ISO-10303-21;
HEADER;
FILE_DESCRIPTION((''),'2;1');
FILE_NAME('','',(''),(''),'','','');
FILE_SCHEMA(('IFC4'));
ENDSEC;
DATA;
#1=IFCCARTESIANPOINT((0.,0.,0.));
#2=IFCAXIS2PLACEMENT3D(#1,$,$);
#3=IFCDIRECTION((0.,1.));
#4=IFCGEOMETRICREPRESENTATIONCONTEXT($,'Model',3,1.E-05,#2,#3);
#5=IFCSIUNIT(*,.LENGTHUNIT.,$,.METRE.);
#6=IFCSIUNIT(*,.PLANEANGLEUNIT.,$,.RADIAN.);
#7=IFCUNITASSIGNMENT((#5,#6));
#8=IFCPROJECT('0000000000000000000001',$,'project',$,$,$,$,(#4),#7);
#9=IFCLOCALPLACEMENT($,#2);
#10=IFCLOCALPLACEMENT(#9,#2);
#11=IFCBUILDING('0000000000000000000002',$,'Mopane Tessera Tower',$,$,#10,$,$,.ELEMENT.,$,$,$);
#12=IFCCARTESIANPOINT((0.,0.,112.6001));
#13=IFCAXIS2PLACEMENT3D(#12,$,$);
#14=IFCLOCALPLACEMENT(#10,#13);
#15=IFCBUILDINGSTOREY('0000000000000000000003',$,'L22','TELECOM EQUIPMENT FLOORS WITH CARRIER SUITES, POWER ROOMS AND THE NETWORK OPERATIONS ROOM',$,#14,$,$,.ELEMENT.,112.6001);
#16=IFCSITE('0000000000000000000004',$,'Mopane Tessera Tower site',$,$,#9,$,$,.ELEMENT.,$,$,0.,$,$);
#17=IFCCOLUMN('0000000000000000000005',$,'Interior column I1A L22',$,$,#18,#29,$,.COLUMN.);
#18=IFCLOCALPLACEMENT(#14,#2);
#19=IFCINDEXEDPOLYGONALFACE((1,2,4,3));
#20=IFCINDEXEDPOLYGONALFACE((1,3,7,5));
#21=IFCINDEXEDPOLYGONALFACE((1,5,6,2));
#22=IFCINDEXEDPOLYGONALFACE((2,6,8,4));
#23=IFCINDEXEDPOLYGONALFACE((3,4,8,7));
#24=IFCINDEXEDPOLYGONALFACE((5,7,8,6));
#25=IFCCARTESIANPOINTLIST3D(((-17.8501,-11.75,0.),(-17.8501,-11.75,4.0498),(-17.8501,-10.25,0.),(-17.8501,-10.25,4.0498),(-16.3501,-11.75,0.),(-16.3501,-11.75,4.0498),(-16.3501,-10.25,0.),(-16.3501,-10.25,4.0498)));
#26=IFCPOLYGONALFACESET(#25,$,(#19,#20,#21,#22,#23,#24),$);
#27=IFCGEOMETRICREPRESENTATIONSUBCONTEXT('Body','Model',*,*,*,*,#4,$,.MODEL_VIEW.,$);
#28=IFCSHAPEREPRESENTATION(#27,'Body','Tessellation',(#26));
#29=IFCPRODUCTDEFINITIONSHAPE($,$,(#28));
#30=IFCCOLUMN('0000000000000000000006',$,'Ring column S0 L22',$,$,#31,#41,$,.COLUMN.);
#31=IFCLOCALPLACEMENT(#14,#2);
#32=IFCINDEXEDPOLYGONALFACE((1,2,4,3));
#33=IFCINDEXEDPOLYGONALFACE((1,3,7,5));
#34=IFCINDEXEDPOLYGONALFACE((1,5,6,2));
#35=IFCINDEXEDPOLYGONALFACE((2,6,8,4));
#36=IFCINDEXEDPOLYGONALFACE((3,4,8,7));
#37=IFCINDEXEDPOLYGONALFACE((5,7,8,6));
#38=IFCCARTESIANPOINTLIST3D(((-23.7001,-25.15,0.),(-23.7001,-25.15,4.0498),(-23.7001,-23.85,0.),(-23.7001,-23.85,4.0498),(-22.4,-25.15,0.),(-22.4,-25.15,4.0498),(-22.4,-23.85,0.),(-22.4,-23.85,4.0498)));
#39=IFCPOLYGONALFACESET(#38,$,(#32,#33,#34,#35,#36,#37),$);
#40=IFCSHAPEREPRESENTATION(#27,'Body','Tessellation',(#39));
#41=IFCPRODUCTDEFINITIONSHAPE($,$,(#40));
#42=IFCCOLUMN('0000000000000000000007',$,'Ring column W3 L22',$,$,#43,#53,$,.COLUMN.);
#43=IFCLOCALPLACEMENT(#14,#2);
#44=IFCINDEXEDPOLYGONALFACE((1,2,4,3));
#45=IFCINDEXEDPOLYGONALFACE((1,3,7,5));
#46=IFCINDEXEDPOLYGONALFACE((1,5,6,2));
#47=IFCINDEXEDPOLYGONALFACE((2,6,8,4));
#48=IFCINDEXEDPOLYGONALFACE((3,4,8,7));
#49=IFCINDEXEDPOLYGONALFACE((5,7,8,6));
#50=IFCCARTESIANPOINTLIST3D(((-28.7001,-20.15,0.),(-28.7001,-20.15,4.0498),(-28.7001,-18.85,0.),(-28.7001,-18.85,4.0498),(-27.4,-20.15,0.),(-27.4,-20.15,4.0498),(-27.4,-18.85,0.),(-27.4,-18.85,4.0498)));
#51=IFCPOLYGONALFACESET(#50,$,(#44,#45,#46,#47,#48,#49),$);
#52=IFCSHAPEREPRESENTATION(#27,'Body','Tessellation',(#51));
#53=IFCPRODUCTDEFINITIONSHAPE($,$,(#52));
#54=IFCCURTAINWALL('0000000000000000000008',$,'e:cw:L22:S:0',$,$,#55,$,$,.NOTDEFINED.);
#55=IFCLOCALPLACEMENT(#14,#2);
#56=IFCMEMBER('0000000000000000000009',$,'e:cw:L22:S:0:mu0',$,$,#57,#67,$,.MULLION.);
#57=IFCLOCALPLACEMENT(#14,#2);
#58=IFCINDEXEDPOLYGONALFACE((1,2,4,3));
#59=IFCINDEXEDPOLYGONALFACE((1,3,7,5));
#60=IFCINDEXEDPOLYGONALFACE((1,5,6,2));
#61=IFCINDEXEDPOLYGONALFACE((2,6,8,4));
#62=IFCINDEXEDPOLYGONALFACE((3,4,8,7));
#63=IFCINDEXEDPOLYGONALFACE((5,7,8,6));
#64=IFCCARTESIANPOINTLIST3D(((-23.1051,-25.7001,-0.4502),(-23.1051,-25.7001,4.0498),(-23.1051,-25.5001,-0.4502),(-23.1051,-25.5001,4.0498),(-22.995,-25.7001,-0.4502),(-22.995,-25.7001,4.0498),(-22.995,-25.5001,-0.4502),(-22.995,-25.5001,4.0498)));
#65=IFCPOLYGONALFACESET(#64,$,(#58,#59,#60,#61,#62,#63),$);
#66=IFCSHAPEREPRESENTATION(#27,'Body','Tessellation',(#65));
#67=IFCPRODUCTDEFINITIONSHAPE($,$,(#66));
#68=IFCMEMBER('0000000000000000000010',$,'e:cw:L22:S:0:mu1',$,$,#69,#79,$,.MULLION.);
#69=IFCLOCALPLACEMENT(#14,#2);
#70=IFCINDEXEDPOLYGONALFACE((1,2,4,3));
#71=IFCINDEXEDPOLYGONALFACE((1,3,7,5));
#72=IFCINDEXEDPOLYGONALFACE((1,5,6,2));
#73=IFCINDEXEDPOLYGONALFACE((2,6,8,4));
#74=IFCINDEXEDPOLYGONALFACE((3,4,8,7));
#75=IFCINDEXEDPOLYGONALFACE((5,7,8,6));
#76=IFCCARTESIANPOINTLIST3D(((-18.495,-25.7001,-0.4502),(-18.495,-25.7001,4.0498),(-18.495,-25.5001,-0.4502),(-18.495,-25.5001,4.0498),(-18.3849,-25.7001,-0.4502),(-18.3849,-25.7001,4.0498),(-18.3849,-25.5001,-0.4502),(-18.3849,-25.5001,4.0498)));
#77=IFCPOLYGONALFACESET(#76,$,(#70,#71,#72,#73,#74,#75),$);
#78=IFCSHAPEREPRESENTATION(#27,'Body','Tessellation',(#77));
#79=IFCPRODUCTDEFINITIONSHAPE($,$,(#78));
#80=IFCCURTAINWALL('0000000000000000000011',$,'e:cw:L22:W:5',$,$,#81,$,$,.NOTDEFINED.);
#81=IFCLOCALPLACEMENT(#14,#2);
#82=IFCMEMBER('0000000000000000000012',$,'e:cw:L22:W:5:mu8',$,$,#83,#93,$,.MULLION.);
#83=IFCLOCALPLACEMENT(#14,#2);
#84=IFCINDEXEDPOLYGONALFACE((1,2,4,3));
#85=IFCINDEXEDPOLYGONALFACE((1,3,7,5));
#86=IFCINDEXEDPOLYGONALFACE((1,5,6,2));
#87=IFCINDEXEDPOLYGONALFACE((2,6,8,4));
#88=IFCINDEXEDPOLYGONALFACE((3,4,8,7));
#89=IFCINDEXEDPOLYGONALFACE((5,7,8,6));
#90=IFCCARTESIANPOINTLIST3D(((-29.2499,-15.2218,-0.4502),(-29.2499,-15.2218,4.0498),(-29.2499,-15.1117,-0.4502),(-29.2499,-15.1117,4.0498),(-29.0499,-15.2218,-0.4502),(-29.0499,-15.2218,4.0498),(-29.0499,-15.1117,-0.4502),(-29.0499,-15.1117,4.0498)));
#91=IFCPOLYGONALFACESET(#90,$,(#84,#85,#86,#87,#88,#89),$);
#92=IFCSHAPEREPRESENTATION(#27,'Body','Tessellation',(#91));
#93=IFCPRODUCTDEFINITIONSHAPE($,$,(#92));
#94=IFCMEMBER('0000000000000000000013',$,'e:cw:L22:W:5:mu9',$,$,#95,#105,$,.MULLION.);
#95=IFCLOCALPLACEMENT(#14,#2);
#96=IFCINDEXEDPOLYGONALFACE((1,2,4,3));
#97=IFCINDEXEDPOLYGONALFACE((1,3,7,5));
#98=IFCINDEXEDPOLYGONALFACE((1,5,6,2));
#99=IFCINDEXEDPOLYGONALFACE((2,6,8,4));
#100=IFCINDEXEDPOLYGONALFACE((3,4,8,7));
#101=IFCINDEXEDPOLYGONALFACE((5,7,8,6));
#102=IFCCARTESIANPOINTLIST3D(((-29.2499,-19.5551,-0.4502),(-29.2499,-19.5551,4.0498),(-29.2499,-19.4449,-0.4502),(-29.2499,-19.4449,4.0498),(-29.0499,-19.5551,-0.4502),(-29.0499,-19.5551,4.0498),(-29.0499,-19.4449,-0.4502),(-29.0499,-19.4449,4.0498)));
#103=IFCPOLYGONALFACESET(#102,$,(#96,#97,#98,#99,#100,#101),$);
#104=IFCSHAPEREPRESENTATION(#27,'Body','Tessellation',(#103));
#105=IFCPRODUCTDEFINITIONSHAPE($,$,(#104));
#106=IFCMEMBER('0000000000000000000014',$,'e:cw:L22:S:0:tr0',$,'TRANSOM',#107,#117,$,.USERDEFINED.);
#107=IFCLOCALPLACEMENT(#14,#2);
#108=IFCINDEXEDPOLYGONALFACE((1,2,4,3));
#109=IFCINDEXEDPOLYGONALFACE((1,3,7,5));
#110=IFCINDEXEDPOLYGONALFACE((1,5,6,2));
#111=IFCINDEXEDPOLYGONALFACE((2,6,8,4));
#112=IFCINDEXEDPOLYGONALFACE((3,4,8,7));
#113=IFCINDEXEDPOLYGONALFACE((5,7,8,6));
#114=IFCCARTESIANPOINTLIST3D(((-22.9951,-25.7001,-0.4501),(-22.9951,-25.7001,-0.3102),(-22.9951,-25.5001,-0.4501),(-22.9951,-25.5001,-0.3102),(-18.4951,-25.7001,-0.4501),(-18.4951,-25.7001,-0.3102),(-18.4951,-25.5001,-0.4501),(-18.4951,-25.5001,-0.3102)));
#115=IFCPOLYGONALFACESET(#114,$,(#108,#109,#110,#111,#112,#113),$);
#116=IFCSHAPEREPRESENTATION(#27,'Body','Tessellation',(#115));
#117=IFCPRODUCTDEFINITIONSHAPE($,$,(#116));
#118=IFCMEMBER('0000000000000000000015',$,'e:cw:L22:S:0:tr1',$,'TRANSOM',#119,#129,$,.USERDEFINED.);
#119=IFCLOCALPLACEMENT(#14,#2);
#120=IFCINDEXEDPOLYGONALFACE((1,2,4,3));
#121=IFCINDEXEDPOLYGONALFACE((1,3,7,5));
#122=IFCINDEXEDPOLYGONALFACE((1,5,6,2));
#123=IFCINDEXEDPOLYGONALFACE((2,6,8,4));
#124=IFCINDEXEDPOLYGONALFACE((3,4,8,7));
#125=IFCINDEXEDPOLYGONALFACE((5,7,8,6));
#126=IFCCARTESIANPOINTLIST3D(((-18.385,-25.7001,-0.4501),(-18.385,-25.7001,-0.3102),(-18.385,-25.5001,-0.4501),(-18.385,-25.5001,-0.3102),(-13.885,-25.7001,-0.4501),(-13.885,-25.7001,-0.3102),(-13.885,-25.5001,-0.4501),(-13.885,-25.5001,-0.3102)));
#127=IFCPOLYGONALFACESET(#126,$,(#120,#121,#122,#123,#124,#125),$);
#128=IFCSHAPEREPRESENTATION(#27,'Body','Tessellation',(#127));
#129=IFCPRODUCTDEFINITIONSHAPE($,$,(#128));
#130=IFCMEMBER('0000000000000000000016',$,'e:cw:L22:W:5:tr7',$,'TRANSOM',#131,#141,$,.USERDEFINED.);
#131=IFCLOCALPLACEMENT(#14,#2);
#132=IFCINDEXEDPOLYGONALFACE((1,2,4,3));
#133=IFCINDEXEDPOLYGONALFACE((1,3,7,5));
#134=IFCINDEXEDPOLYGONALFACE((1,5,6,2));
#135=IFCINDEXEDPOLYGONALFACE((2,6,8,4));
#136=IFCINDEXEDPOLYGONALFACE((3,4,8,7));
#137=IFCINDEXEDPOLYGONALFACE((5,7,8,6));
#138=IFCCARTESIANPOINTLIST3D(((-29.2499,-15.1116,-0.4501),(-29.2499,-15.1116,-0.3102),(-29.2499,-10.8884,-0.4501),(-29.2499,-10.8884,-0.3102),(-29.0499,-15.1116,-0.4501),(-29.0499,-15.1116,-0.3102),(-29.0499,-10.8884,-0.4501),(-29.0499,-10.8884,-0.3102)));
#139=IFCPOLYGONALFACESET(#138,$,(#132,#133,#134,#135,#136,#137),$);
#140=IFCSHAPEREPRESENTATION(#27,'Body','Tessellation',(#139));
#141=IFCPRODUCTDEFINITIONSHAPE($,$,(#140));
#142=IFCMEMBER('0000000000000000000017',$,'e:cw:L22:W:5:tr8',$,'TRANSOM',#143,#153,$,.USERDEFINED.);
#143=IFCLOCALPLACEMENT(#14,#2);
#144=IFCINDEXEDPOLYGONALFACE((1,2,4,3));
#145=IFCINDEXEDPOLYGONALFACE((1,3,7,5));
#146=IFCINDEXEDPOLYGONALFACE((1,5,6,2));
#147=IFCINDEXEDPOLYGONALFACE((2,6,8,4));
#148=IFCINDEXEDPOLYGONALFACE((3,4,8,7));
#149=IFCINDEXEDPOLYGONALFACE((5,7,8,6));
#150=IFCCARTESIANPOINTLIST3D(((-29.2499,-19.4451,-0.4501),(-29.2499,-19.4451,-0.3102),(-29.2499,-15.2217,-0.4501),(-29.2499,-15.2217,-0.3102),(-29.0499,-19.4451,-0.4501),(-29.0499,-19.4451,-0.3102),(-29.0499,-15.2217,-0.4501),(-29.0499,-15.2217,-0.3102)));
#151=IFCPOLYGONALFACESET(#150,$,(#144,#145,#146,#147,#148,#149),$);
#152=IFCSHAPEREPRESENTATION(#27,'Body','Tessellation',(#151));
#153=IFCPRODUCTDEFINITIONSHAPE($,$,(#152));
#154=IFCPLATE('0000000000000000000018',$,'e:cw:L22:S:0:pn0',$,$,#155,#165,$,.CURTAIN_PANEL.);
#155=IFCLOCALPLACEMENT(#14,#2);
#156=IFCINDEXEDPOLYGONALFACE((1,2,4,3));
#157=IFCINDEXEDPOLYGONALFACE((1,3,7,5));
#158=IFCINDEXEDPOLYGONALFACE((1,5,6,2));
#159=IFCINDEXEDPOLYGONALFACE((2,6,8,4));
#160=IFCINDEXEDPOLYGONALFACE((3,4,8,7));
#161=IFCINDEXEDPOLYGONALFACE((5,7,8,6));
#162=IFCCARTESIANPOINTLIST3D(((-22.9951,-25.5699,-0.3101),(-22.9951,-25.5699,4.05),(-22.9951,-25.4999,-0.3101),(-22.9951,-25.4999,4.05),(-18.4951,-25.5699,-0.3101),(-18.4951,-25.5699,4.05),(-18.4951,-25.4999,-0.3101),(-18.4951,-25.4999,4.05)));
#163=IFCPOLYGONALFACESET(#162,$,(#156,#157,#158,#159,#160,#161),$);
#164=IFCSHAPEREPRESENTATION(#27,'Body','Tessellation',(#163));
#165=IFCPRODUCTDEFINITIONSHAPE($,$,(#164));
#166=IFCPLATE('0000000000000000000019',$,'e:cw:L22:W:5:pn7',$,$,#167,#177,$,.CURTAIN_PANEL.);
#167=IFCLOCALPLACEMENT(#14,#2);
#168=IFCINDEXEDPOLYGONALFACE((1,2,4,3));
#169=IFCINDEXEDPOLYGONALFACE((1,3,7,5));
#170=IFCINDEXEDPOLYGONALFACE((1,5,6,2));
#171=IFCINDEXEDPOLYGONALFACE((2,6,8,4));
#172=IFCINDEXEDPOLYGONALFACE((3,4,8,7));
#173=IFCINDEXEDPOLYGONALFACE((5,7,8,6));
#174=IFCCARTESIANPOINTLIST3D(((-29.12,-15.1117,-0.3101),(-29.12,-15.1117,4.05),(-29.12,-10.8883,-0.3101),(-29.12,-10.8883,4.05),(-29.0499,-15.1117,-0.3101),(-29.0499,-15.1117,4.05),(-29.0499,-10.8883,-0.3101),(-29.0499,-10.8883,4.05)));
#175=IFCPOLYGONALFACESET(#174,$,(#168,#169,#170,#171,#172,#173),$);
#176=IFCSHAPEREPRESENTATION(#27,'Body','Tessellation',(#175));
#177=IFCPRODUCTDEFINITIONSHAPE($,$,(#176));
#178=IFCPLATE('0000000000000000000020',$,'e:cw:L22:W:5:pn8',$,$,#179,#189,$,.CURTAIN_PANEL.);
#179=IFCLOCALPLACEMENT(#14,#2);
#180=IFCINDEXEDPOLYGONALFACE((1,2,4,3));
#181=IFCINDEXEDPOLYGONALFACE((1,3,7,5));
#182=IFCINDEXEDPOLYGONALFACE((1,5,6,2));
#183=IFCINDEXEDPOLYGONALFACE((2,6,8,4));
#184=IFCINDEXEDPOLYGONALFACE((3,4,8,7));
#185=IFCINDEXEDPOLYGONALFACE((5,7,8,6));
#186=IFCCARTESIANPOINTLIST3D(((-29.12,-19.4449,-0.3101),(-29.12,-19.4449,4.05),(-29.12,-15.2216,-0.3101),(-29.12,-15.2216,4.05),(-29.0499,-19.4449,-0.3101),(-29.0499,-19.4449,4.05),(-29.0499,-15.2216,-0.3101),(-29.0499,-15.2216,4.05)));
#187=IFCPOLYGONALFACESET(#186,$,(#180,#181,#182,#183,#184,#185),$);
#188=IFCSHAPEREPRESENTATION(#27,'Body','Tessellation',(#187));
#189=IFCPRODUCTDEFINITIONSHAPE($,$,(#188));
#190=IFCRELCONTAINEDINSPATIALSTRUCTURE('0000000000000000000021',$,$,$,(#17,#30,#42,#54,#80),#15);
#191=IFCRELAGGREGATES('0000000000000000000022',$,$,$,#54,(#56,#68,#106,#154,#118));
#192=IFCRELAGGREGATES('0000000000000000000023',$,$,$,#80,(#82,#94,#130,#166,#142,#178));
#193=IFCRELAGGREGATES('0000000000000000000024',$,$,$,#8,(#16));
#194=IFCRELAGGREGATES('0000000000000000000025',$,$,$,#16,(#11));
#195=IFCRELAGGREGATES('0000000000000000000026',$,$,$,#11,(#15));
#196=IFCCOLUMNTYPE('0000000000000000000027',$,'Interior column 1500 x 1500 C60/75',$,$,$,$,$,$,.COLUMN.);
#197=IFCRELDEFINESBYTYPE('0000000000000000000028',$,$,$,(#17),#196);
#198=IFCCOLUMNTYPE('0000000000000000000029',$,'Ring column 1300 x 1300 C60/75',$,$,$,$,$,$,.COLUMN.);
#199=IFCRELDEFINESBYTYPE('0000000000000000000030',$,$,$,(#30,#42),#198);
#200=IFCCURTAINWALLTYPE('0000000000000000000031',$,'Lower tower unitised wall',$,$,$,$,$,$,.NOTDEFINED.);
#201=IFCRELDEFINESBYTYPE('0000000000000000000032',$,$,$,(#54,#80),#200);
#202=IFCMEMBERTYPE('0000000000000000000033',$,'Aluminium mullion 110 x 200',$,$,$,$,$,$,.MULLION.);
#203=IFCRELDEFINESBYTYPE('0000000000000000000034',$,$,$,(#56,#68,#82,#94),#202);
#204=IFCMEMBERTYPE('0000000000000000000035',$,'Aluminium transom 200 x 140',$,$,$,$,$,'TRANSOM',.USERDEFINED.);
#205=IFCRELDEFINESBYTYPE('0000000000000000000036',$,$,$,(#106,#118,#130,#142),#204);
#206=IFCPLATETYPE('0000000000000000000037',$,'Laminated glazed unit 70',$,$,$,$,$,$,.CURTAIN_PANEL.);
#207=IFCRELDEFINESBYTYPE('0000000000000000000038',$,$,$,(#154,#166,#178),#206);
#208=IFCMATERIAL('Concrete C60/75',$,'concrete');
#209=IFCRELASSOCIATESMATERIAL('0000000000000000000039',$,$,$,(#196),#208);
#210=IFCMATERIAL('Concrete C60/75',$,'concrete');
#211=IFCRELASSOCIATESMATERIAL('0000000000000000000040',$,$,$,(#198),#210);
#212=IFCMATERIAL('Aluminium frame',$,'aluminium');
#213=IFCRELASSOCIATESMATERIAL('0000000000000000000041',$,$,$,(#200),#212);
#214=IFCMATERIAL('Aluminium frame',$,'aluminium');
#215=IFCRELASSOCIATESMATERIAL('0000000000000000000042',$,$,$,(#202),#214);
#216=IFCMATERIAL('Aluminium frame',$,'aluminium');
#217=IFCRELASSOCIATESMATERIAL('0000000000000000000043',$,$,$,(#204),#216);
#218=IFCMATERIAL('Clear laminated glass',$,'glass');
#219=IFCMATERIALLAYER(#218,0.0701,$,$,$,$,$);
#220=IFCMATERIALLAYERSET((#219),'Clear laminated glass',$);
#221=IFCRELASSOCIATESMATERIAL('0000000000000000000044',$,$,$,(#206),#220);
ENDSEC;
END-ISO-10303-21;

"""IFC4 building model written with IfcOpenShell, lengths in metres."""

from ifc_helpers import new_model, si_unit, direction, frame, origin, origin_2d, place, context, subcontext, project, spatial, rectangle, extrude, material, layer, layer_set, material_profile, profile_set, type_object, element, aggregate, save


model = new_model("IFC4")

# Units and contexts
model_context = context("Model", 3, precision=1e-05, world=origin(), true_north=direction((0.0, 1.0)))
body_context = subcontext(model_context, "Body", "Model", "MODEL_VIEW")
ifc_project = project(units=[si_unit("LENGTHUNIT", "METRE"), si_unit("PLANEANGLEUNIT", "RADIAN")], contexts=[model_context])

# Site, building, storey
site_placement = place(None, origin())
site = spatial("IfcSite", under=ifc_project, at=site_placement, Name="Mopane Tessera Tower site", CompositionType="ELEMENT", RefElevation=0.0)
building_placement = place(site_placement, origin())
building = spatial("IfcBuilding", under=site, at=building_placement, Name="Mopane Tessera Tower", CompositionType="ELEMENT")
storey_placement = place(building_placement, frame((0.0, 0.0, 112.6001)))
storey = spatial("IfcBuildingStorey", under=building, at=storey_placement, Name="L22", Description="TELECOM EQUIPMENT FLOORS WITH CARRIER SUITES, POWER ROOMS AND THE NETWORK OPERATIONS ROOM", CompositionType="ELEMENT", Elevation=112.6001)

# Columns
ifc_material_1 = material(Name="Concrete C60/75", Category="concrete")
ifc_material_profile_1 = material_profile(ifc_material_1, rectangle(XDim=1.5, YDim=1.5, at=origin_2d()))
ifc_profile_set_1 = profile_set([ifc_material_profile_1], Name="Concrete C60/75")
column_type_1 = type_object("IfcColumnType", Name="Interior column 1500 x 1500 C60/75", PredefinedType="COLUMN", material=ifc_profile_set_1)
column_placement = place(storey_placement, frame((-17.1001, -11.0, 0.0), z_axis=(0.0, 0.0, 1.0), x_axis=(1.0, 0.0, 0.0)))
element("IfcColumn", 1, at=column_placement, inside=storey, type_object=column_type_1, Name="Interior column I1A L22", PredefinedType="COLUMN", context=body_context, shape_type="SweptSolid", body=[
    extrude(rectangle(XDim=1.5, YDim=1.5, at=origin_2d()), origin(), (0.0, 0.0, 1.0), 4.0498),
])
ifc_material_2 = material(Name="Concrete C60/75", Category="concrete")
ifc_material_profile_2 = material_profile(ifc_material_2, rectangle(XDim=1.3, YDim=1.3, at=origin_2d()))
ifc_profile_set_2 = profile_set([ifc_material_profile_2], Name="Concrete C60/75")
column_type_2 = type_object("IfcColumnType", Name="Ring column 1300 x 1300 C60/75", PredefinedType="COLUMN", material=ifc_profile_set_2)
for number, where, z_axis, x_axis, name in (
    (2, (-23.05, -24.5, 0.0), (0.0, 0.0, 1.0), (1.0, 0.0, 0.0), "Ring column S0 L22"),
    (3, (-28.05, -19.5, 0.0), (0.0, 0.0, 1.0), (1.0, 0.0, 0.0), "Ring column W3 L22"),
):
    element("IfcColumn", number, at=place(storey_placement, frame(where, z_axis=z_axis, x_axis=x_axis)), inside=storey, type_object=column_type_2, Name=name, PredefinedType="COLUMN", context=body_context, shape_type="SweptSolid", body=[
        extrude(rectangle(XDim=1.3, YDim=1.3, at=origin_2d()), origin(), (0.0, 0.0, 1.0), 4.0498),
    ])

# Curtain walls, members
ifc_material_3 = material(Name="Aluminium frame", Category="aluminium")
curtain_wall_type = type_object("IfcCurtainWallType", Name="Lower tower unitised wall", PredefinedType="NOTDEFINED", material=ifc_material_3)
curtain_wall_1_placement = place(storey_placement, origin())
curtain_wall_1 = element("IfcCurtainWall", 4, at=curtain_wall_1_placement, inside=storey, type_object=curtain_wall_type, Name="e:cw:L22:S:0", PredefinedType="NOTDEFINED")
ifc_material_4 = material(Name="Aluminium frame", Category="aluminium")
ifc_material_profile_3 = material_profile(ifc_material_4, rectangle(XDim=0.1101, YDim=0.2, at=origin_2d()))
ifc_profile_set_3 = profile_set([ifc_material_profile_3], Name="Aluminium frame")
member_type_1 = type_object("IfcMemberType", Name="Aluminium mullion 110 x 200", PredefinedType="MULLION", material=ifc_profile_set_3)
member_1_placement = place(storey_placement, frame((-23.05, -25.6001, -0.4502), z_axis=(0.0, 0.0, 1.0), x_axis=(1.0, 0.0, 0.0)))
member_1 = element("IfcMember", 5, at=member_1_placement, type_object=member_type_1, Name="e:cw:L22:S:0:mu0", PredefinedType="MULLION", context=body_context, shape_type="SweptSolid", body=[
    extrude(rectangle(XDim=0.1101, YDim=0.2, at=origin_2d()), origin(), (0.0, 0.0, 1.0), 4.5),
])
member_2_placement = place(storey_placement, frame((-18.4399, -25.6001, -0.4502), z_axis=(0.0, 0.0, 1.0), x_axis=(1.0, 0.0, 0.0)))
member_2 = element("IfcMember", 6, at=member_2_placement, type_object=member_type_1, Name="e:cw:L22:S:0:mu1", PredefinedType="MULLION", context=body_context, shape_type="SweptSolid", body=[
    extrude(rectangle(XDim=0.1101, YDim=0.2, at=origin_2d()), origin(), (0.0, 0.0, 1.0), 4.5),
])
curtain_wall_2_placement = place(storey_placement, origin())
curtain_wall_2 = element("IfcCurtainWall", 7, at=curtain_wall_2_placement, inside=storey, type_object=curtain_wall_type, Name="e:cw:L22:W:5", PredefinedType="NOTDEFINED")
member_3_placement = place(storey_placement, frame((-29.1499, -15.1667, -0.4502), z_axis=(0.0, 0.0, 1.0), x_axis=(0.0, -1.0, 0.0)))
member_3 = element("IfcMember", 8, at=member_3_placement, type_object=member_type_1, Name="e:cw:L22:W:5:mu8", PredefinedType="MULLION", context=body_context, shape_type="SweptSolid", body=[
    extrude(rectangle(XDim=0.1101, YDim=0.2, at=origin_2d()), origin(), (0.0, 0.0, 1.0), 4.5),
])
member_4_placement = place(storey_placement, frame((-29.1499, -19.5, -0.4502), z_axis=(0.0, 0.0, 1.0), x_axis=(0.0, -1.0, 0.0)))
member_4 = element("IfcMember", 9, at=member_4_placement, type_object=member_type_1, Name="e:cw:L22:W:5:mu9", PredefinedType="MULLION", context=body_context, shape_type="SweptSolid", body=[
    extrude(rectangle(XDim=0.1101, YDim=0.2, at=origin_2d()), origin(), (0.0, 0.0, 1.0), 4.5),
])

# Members
ifc_material_5 = material(Name="Aluminium frame", Category="aluminium")
ifc_material_profile_4 = material_profile(ifc_material_5, rectangle(XDim=0.2, YDim=0.1399, at=origin_2d()))
ifc_profile_set_4 = profile_set([ifc_material_profile_4], Name="Aluminium frame")
member_type_2 = type_object("IfcMemberType", Name="Aluminium transom 200 x 140", ElementType="TRANSOM", PredefinedType="USERDEFINED", material=ifc_profile_set_4)
member_5_placement = place(storey_placement, frame((-22.9951, -25.6001, -0.3801), z_axis=(1.0, 0.0, 0.0), x_axis=(0.0, 1.0, 0.0)))
member_5 = element("IfcMember", 10, at=member_5_placement, type_object=member_type_2, Name="e:cw:L22:S:0:tr0", ObjectType="TRANSOM", PredefinedType="USERDEFINED", context=body_context, shape_type="SweptSolid", body=[
    extrude(rectangle(XDim=0.2, YDim=0.1399, at=origin_2d()), origin(), (0.0, 0.0, 1.0), 4.5),
])
member_6_placement = place(storey_placement, frame((-18.385, -25.6001, -0.3801), z_axis=(1.0, 0.0, 0.0), x_axis=(0.0, 1.0, 0.0)))
member_6 = element("IfcMember", 11, at=member_6_placement, type_object=member_type_2, Name="e:cw:L22:S:0:tr1", ObjectType="TRANSOM", PredefinedType="USERDEFINED", context=body_context, shape_type="SweptSolid", body=[
    extrude(rectangle(XDim=0.2, YDim=0.1399, at=origin_2d()), origin(), (0.0, 0.0, 1.0), 4.5),
])
member_7_placement = place(storey_placement, frame((-29.1499, -10.8884, -0.3801), z_axis=(0.0, -1.0, 0.0), x_axis=(1.0, 0.0, 0.0)))
member_7 = element("IfcMember", 12, at=member_7_placement, type_object=member_type_2, Name="e:cw:L22:W:5:tr7", ObjectType="TRANSOM", PredefinedType="USERDEFINED", context=body_context, shape_type="SweptSolid", body=[
    extrude(rectangle(XDim=0.2, YDim=0.1399, at=origin_2d()), origin(), (0.0, 0.0, 1.0), 4.2231),
])
member_8_placement = place(storey_placement, frame((-29.1499, -15.2217, -0.3801), z_axis=(0.0, -1.0, 0.0), x_axis=(1.0, 0.0, 0.0)))
member_8 = element("IfcMember", 13, at=member_8_placement, type_object=member_type_2, Name="e:cw:L22:W:5:tr8", ObjectType="TRANSOM", PredefinedType="USERDEFINED", context=body_context, shape_type="SweptSolid", body=[
    extrude(rectangle(XDim=0.2, YDim=0.1399, at=origin_2d()), origin(), (0.0, 0.0, 1.0), 4.2234),
])

# Plates
ifc_material_6 = material(Name="Clear laminated glass", Category="glass")
ifc_layer_1 = layer(ifc_material_6, 0.0701)
ifc_layer_set_1 = layer_set([ifc_layer_1], Name="Clear laminated glass")
plate_type = type_object("IfcPlateType", Name="Laminated glazed unit 70", PredefinedType="CURTAIN_PANEL", material=ifc_layer_set_1)
plate_1_placement = place(storey_placement, frame((-20.7451, -25.5349, -0.3101), z_axis=(0.0, 0.0, 1.0), x_axis=(1.0, 0.0, 0.0)))
plate_1 = element("IfcPlate", 14, at=plate_1_placement, type_object=plate_type, Name="e:cw:L22:S:0:pn0", PredefinedType="CURTAIN_PANEL", context=body_context, shape_type="SweptSolid", body=[
    extrude(rectangle(XDim=4.5, YDim=0.0701, at=origin_2d()), origin(), (0.0, 0.0, 1.0), 4.3601),
])
aggregate(curtain_wall_1, [member_1, member_2, member_5, plate_1, member_6])
plate_2_placement = place(storey_placement, frame((-29.085, -13.0, -0.3101), z_axis=(0.0, 0.0, 1.0), x_axis=(0.0, -1.0, 0.0)))
plate_2 = element("IfcPlate", 15, at=plate_2_placement, type_object=plate_type, Name="e:cw:L22:W:5:pn7", PredefinedType="CURTAIN_PANEL", context=body_context, shape_type="SweptSolid", body=[
    extrude(rectangle(XDim=4.2234, YDim=0.0701, at=origin_2d()), origin(), (0.0, 0.0, 1.0), 4.3601),
])
plate_3_placement = place(storey_placement, frame((-29.085, -17.3333, -0.3101), z_axis=(0.0, 0.0, 1.0), x_axis=(0.0, -1.0, 0.0)))
plate_3 = element("IfcPlate", 16, at=plate_3_placement, type_object=plate_type, Name="e:cw:L22:W:5:pn8", PredefinedType="CURTAIN_PANEL", context=body_context, shape_type="SweptSolid", body=[
    extrude(rectangle(XDim=4.2234, YDim=0.0701, at=origin_2d()), origin(), (0.0, 0.0, 1.0), 4.3601),
])
aggregate(curtain_wall_2, [member_3, member_4, member_7, plate_2, member_8, plate_3])

save(model, "model.ifc")
